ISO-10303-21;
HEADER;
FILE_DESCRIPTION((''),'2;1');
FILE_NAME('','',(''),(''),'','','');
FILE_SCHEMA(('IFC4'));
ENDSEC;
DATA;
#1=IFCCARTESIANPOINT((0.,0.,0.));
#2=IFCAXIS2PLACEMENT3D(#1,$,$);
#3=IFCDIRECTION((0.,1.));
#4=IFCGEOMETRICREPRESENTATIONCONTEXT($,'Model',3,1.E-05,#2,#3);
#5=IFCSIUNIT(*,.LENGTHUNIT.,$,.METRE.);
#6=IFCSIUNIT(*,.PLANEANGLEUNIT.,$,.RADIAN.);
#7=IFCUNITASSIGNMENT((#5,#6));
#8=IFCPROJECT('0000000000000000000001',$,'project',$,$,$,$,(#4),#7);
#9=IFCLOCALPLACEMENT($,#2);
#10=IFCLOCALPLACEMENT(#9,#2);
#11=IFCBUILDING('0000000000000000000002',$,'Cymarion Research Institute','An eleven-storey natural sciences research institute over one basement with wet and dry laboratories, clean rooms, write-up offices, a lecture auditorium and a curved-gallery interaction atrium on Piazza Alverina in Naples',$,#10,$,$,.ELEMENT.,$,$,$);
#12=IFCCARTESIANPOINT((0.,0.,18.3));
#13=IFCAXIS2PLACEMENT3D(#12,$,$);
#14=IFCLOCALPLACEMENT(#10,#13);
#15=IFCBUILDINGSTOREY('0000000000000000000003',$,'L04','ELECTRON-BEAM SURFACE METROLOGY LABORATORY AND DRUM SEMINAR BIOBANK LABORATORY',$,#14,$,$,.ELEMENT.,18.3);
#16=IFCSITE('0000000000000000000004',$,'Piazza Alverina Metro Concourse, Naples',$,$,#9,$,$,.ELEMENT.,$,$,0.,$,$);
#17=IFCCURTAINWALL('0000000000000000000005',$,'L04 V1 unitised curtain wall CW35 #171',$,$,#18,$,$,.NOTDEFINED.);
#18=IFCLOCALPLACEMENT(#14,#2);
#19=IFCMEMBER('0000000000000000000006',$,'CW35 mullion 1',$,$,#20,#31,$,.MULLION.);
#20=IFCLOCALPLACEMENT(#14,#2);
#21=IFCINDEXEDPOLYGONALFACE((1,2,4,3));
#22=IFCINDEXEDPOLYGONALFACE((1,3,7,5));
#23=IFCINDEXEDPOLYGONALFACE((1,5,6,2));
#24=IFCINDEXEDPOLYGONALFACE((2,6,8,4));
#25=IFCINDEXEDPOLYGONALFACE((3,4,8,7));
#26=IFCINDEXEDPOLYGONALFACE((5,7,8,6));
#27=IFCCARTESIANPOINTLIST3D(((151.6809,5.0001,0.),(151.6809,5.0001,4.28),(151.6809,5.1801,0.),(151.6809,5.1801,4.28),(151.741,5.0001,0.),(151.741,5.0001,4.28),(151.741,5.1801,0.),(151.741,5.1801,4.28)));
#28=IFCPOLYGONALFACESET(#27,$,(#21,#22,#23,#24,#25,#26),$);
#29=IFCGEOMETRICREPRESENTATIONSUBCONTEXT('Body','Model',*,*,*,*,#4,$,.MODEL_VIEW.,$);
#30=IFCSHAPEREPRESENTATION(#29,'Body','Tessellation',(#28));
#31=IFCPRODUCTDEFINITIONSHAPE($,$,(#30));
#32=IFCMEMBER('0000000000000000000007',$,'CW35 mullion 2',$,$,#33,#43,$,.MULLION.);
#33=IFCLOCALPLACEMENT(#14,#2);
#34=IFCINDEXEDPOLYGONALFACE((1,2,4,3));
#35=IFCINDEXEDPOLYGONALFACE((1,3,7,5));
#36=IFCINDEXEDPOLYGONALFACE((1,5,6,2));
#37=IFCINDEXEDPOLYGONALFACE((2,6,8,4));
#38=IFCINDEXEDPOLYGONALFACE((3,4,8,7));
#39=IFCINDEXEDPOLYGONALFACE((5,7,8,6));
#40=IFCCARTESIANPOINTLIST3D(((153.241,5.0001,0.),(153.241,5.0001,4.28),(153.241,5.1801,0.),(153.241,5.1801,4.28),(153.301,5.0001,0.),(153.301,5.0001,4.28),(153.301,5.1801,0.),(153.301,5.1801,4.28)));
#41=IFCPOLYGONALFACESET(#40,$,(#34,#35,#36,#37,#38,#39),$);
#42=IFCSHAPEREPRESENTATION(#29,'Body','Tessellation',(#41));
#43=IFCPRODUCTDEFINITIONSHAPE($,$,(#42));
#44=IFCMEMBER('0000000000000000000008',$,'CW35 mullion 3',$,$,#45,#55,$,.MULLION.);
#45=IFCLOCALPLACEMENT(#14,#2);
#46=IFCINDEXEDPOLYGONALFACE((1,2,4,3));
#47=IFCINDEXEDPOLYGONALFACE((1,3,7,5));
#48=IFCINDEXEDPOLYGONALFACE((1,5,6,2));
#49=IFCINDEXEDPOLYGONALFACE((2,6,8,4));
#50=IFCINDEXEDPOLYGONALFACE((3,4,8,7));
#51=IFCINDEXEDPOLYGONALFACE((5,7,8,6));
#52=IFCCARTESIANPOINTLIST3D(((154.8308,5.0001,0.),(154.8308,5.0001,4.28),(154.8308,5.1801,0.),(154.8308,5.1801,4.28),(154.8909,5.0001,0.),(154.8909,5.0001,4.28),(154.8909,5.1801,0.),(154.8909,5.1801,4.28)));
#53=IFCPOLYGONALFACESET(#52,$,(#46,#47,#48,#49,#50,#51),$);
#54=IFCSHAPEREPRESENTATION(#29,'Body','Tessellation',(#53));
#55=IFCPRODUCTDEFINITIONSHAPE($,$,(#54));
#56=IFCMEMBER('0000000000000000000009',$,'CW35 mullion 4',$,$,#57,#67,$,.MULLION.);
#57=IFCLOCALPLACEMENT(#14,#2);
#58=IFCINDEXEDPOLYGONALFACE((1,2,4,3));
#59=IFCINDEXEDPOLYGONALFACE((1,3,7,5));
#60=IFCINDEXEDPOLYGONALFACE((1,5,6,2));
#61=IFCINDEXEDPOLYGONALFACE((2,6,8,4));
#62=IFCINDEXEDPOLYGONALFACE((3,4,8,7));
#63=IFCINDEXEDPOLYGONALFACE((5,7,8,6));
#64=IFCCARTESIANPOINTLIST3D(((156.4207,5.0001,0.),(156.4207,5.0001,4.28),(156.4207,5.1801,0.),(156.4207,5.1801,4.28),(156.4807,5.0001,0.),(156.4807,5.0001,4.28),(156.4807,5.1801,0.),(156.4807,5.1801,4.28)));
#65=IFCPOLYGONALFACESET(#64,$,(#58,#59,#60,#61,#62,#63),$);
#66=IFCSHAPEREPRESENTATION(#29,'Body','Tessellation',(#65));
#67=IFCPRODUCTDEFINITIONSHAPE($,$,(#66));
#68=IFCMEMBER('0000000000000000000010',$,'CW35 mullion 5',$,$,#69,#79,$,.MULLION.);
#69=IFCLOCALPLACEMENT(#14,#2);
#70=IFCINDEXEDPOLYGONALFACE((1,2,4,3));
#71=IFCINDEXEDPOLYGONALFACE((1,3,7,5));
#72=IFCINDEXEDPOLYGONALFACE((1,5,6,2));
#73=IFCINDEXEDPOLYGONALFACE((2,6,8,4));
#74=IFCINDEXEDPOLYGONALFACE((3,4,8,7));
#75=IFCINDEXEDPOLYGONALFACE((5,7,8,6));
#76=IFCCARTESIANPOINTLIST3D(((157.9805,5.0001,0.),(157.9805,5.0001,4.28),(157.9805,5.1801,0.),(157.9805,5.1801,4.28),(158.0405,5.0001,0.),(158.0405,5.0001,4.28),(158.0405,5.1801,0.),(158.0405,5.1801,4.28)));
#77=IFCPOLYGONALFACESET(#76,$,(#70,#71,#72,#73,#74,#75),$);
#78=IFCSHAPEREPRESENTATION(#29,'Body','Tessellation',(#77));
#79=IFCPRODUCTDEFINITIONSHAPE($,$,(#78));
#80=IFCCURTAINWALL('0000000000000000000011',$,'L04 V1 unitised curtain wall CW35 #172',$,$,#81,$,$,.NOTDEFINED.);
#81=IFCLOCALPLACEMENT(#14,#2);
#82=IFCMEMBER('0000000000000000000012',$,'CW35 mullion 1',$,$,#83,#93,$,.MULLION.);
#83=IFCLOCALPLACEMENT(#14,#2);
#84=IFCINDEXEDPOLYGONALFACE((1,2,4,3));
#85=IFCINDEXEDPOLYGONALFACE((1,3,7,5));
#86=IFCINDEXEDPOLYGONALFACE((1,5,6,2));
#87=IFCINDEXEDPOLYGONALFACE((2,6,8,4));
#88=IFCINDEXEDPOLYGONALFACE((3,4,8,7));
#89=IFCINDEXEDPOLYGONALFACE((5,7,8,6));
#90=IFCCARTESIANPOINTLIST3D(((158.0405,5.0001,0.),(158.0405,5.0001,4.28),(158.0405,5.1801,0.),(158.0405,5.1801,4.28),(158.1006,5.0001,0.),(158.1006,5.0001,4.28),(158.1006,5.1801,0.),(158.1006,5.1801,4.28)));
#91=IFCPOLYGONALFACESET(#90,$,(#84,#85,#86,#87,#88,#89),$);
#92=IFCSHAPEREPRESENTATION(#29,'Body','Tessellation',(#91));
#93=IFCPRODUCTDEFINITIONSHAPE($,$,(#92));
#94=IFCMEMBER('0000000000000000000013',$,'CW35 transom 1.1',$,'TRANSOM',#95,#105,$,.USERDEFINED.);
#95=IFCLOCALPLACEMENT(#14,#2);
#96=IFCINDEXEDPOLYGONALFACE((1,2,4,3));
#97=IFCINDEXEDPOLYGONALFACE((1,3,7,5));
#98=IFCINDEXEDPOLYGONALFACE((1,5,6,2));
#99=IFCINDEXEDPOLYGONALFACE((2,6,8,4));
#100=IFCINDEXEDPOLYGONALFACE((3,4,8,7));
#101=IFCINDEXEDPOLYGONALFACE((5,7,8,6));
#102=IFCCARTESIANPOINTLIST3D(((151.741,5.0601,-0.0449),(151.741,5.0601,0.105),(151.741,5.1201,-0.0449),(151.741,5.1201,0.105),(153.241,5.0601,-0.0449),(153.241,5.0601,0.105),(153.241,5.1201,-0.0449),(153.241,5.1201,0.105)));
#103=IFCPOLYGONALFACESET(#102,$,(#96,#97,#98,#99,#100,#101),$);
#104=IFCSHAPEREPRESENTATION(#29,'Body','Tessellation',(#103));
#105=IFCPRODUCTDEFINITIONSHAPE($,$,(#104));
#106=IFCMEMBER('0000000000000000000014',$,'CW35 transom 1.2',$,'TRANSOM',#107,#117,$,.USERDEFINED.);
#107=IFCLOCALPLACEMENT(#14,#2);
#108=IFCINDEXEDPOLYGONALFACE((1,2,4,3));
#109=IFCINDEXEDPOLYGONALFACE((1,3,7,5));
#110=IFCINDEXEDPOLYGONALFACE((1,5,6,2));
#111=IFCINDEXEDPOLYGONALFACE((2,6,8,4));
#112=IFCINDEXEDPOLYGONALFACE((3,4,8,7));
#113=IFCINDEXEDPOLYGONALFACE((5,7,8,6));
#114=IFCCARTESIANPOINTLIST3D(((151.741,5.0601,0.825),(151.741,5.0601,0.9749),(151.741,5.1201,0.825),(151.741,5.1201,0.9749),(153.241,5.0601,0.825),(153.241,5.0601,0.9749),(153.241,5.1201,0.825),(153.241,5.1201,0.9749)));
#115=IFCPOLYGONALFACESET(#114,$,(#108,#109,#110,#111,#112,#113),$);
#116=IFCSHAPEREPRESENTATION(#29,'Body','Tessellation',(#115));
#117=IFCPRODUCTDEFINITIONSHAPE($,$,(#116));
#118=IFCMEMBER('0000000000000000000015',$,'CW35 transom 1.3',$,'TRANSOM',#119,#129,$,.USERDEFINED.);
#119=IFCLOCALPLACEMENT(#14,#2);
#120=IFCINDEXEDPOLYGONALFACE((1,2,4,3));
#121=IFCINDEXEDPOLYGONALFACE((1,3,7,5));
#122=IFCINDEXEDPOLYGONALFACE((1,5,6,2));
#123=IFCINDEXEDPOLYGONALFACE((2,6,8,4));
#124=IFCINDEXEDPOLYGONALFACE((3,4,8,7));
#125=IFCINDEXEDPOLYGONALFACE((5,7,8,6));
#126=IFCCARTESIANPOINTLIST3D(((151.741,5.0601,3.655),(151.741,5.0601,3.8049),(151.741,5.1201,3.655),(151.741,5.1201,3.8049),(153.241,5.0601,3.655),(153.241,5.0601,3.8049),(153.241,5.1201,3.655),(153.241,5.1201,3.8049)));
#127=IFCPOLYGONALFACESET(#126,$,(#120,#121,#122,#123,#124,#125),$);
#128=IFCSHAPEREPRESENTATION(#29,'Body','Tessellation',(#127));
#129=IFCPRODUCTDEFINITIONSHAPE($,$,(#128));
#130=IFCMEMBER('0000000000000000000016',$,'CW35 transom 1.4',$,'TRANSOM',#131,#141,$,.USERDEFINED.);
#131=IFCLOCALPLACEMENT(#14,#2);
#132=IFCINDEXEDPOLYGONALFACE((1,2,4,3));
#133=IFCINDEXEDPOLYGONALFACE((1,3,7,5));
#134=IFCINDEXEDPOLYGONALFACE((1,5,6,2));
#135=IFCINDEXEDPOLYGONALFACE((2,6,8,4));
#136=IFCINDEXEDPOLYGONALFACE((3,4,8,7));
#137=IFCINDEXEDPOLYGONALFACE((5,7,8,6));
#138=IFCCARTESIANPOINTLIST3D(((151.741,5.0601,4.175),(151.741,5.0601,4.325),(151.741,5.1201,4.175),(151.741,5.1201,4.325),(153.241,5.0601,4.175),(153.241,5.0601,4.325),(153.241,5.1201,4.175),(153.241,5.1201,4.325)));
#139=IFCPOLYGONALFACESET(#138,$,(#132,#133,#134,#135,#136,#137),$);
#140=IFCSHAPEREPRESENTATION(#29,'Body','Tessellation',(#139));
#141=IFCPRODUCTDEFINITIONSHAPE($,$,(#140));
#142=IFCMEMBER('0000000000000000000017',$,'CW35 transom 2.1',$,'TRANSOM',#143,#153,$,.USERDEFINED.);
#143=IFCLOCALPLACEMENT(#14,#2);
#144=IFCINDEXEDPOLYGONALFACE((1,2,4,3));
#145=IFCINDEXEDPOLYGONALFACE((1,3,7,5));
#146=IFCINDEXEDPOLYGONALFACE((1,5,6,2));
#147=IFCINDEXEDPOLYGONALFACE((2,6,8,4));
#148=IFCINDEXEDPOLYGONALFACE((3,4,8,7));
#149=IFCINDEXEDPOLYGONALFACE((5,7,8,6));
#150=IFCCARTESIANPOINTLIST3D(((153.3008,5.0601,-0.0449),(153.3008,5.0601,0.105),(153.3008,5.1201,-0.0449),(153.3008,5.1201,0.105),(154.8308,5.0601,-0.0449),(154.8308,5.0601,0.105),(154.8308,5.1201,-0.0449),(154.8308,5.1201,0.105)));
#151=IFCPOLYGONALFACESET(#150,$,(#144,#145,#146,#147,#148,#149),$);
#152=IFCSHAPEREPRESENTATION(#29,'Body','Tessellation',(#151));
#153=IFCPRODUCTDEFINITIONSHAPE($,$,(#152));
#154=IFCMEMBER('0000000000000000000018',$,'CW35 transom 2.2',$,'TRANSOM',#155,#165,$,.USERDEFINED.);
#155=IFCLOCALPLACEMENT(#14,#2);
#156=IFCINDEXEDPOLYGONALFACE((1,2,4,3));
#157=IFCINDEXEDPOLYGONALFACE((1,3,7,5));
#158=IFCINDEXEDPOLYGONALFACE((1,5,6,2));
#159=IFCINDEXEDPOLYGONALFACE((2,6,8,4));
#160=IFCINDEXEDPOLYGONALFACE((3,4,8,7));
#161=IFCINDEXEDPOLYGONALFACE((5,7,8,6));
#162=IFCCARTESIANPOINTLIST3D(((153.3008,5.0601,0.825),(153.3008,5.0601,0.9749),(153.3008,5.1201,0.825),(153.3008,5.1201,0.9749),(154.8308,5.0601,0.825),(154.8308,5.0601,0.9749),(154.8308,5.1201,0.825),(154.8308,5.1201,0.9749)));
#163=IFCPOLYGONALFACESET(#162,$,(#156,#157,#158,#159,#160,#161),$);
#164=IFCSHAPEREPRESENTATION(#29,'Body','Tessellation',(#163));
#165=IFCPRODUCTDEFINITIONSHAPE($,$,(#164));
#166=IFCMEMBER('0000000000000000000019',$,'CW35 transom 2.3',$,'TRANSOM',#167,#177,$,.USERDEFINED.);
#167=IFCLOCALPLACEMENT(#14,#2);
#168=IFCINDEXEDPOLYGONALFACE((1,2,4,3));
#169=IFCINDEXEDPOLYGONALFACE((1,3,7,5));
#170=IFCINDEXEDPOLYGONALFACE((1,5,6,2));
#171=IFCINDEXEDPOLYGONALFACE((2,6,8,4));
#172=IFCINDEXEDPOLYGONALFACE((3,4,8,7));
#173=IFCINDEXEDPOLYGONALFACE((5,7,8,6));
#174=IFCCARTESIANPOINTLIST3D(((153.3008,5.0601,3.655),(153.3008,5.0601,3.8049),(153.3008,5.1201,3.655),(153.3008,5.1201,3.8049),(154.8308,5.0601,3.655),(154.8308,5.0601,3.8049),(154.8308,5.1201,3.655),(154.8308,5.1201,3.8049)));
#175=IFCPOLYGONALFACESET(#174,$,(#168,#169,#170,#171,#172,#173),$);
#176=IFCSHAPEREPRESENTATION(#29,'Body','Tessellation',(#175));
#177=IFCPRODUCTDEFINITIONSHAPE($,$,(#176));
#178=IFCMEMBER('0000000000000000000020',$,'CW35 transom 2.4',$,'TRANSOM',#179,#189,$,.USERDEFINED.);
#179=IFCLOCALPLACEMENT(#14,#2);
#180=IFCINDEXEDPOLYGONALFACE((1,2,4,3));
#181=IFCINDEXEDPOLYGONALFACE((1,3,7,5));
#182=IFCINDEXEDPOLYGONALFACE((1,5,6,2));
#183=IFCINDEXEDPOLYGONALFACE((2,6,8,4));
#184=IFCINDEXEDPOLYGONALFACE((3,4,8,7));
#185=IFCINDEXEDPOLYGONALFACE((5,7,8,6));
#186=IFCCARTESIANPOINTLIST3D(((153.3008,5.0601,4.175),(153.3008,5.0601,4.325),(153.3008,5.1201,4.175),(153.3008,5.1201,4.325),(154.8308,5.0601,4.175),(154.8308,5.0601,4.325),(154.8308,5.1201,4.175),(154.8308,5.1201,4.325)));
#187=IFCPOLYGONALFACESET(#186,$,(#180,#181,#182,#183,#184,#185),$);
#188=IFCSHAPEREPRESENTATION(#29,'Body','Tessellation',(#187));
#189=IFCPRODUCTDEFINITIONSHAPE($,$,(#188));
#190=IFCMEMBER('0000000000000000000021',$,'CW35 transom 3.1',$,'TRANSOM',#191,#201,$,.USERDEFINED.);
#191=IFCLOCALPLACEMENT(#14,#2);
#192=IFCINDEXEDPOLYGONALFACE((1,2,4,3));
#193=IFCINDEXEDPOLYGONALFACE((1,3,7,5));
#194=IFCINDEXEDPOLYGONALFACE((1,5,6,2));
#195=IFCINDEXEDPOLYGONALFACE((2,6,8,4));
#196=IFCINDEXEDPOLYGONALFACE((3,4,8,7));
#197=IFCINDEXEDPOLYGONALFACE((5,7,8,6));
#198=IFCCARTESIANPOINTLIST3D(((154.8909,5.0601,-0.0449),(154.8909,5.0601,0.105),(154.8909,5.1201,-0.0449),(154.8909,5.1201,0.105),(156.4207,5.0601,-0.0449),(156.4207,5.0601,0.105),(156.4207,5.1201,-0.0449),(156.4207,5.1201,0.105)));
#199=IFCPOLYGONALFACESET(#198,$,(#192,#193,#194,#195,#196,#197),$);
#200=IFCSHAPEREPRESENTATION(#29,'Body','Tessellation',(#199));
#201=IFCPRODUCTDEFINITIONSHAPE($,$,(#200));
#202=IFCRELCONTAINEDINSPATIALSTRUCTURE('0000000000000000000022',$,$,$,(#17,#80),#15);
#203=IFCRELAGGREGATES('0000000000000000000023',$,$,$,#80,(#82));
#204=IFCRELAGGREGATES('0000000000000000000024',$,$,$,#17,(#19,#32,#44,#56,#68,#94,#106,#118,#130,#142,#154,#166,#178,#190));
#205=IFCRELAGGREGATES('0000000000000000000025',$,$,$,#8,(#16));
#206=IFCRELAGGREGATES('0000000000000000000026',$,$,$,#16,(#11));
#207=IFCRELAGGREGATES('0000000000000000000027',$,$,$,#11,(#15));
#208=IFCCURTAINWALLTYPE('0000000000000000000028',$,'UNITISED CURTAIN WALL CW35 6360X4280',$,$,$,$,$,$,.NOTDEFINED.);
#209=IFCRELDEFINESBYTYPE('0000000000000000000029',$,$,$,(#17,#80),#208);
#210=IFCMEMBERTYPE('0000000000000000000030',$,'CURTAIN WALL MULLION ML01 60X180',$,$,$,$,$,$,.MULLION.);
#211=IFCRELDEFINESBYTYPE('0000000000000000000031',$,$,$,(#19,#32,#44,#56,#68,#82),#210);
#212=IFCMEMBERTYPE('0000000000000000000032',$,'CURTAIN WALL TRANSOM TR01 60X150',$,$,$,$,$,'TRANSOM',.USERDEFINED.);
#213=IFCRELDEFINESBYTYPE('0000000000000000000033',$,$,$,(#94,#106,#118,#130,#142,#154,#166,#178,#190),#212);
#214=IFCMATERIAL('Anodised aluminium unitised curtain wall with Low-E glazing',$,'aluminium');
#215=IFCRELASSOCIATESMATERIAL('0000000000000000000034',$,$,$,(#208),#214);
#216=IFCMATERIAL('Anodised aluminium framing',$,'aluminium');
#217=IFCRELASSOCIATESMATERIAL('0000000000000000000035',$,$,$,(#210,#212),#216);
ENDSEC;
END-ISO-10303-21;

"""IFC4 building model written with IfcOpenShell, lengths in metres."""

from ifc_helpers import new_model, si_unit, direction, frame, origin, origin_2d, place, context, subcontext, project, spatial, rectangle, extrude, material, material_profile, profile_set, type_object, element, aggregate, save


model = new_model("IFC4")

# Units and contexts
model_context = context("Model", 3, precision=1e-05, world=origin(), true_north=direction((0.0, 1.0)))
body_context = subcontext(model_context, "Body", "Model", "MODEL_VIEW")
ifc_project = project(units=[si_unit("LENGTHUNIT", "METRE"), si_unit("PLANEANGLEUNIT", "RADIAN")], contexts=[model_context])

# Site, building, storey
site_placement = place(None, origin())
site = spatial("IfcSite", under=ifc_project, at=site_placement, Name="Piazza Alverina Metro Concourse, Naples", CompositionType="ELEMENT", RefElevation=0.0)
building_placement = place(site_placement, origin())
building = spatial("IfcBuilding", under=site, at=building_placement, Name="Cymarion Research Institute", Description="An eleven-storey natural sciences research institute over one basement with wet and dry laboratories, clean rooms, write-up offices, a lecture auditorium and a curved-gallery interaction atrium on Piazza Alverina in Naples", CompositionType="ELEMENT")
storey_placement = place(building_placement, frame((0.0, 0.0, 18.3)))
storey = spatial("IfcBuildingStorey", under=building, at=storey_placement, Name="L04", Description="ELECTRON-BEAM SURFACE METROLOGY LABORATORY AND DRUM SEMINAR BIOBANK LABORATORY", CompositionType="ELEMENT", Elevation=18.3)

# Curtain wall, members
ifc_material_1 = material(Name="Anodised aluminium unitised curtain wall with Low-E glazing", Category="aluminium")
curtain_wall_type = type_object("IfcCurtainWallType", Name="UNITISED CURTAIN WALL CW35 6360X4280", PredefinedType="NOTDEFINED", material=ifc_material_1)
curtain_wall_1_placement = place(storey_placement, origin())
curtain_wall_1 = element("IfcCurtainWall", 1, at=curtain_wall_1_placement, inside=storey, type_object=curtain_wall_type, Name="L04 V1 unitised curtain wall CW35 #171", PredefinedType="NOTDEFINED")
ifc_material_2 = material(Name="Anodised aluminium framing", Category="aluminium")
ifc_material_profile_1 = material_profile(ifc_material_2, rectangle(XDim=0.0601, YDim=0.1799, at=origin_2d()), Name="ALU MULLION 60x180")
ifc_profile_set_1 = profile_set([ifc_material_profile_1], Name="Anodised aluminium framing")
member_type_1 = type_object("IfcMemberType", Name="CURTAIN WALL MULLION ML01 60X180", PredefinedType="MULLION", material=ifc_profile_set_1)
member_1_placement = place(storey_placement, frame((151.7109, 5.0901, 0.0), z_axis=(0.0, 0.0, 1.0), x_axis=(1.0, 0.0, 0.0)))
member_1 = element("IfcMember", 2, at=member_1_placement, type_object=member_type_1, Name="CW35 mullion 1", PredefinedType="MULLION", context=body_context, shape_type="SweptSolid", body=[
    extrude(rectangle(XDim=0.0601, YDim=0.1799, at=origin_2d()), origin(), (0.0, 0.0, 1.0), 4.28),
])
member_2_placement = place(storey_placement, frame((153.271, 5.0901, 0.0), z_axis=(0.0, 0.0, 1.0), x_axis=(1.0, 0.0, 0.0)))
member_2 = element("IfcMember", 3, at=member_2_placement, type_object=member_type_1, Name="CW35 mullion 2", PredefinedType="MULLION", context=body_context, shape_type="SweptSolid", body=[
    extrude(rectangle(XDim=0.0601, YDim=0.1799, at=origin_2d()), origin(), (0.0, 0.0, 1.0), 4.28),
])
member_3_placement = place(storey_placement, frame((154.8608, 5.0901, 0.0), z_axis=(0.0, 0.0, 1.0), x_axis=(1.0, 0.0, 0.0)))
member_3 = element("IfcMember", 4, at=member_3_placement, type_object=member_type_1, Name="CW35 mullion 3", PredefinedType="MULLION", context=body_context, shape_type="SweptSolid", body=[
    extrude(rectangle(XDim=0.0601, YDim=0.1799, at=origin_2d()), origin(), (0.0, 0.0, 1.0), 4.28),
])
member_4_placement = place(storey_placement, frame((156.4507, 5.0901, 0.0), z_axis=(0.0, 0.0, 1.0), x_axis=(1.0, 0.0, 0.0)))
member_4 = element("IfcMember", 5, at=member_4_placement, type_object=member_type_1, Name="CW35 mullion 4", PredefinedType="MULLION", context=body_context, shape_type="SweptSolid", body=[
    extrude(rectangle(XDim=0.0601, YDim=0.1799, at=origin_2d()), origin(), (0.0, 0.0, 1.0), 4.28),
])
member_5_placement = place(storey_placement, frame((158.0105, 5.0901, 0.0), z_axis=(0.0, 0.0, 1.0), x_axis=(1.0, 0.0, 0.0)))
member_5 = element("IfcMember", 6, at=member_5_placement, type_object=member_type_1, Name="CW35 mullion 5", PredefinedType="MULLION", context=body_context, shape_type="SweptSolid", body=[
    extrude(rectangle(XDim=0.0601, YDim=0.1799, at=origin_2d()), origin(), (0.0, 0.0, 1.0), 4.28),
])

# Curtain wall, member
curtain_wall_2_placement = place(storey_placement, origin())
curtain_wall_2 = element("IfcCurtainWall", 7, at=curtain_wall_2_placement, inside=storey, type_object=curtain_wall_type, Name="L04 V1 unitised curtain wall CW35 #172", PredefinedType="NOTDEFINED")
member_6_placement = place(storey_placement, frame((158.0706, 5.0901, 0.0), z_axis=(0.0, 0.0, 1.0), x_axis=(1.0, 0.0, 0.0)))
member_6 = element("IfcMember", 8, at=member_6_placement, type_object=member_type_1, Name="CW35 mullion 1", PredefinedType="MULLION", context=body_context, shape_type="SweptSolid", body=[
    extrude(rectangle(XDim=0.0601, YDim=0.1799, at=origin_2d()), origin(), (0.0, 0.0, 1.0), 4.28),
])

# Members
ifc_material_profile_2 = material_profile(ifc_material_2, rectangle(XDim=0.0601, YDim=0.1499, at=origin_2d()), Name="ALU TRANSOM 60x150")
ifc_profile_set_2 = profile_set([ifc_material_profile_2], Name="Anodised aluminium framing")
member_type_2 = type_object("IfcMemberType", Name="CURTAIN WALL TRANSOM TR01 60X150", ElementType="TRANSOM", PredefinedType="USERDEFINED", material=ifc_profile_set_2)
member_7_placement = place(storey_placement, frame((151.741, 5.0901, 0.03), z_axis=(1.0, 0.0, 0.0), x_axis=(0.0, 1.0, 0.0)))
member_7 = element("IfcMember", 9, at=member_7_placement, type_object=member_type_2, Name="CW35 transom 1.1", ObjectType="TRANSOM", PredefinedType="USERDEFINED", context=body_context, shape_type="SweptSolid", body=[
    extrude(rectangle(XDim=0.0601, YDim=0.1499, at=origin_2d()), origin(), (0.0, 0.0, 1.0), 1.5),
])
member_8_placement = place(storey_placement, frame((151.741, 5.0901, 0.8999), z_axis=(1.0, 0.0, 0.0), x_axis=(0.0, 1.0, 0.0)))
member_8 = element("IfcMember", 10, at=member_8_placement, type_object=member_type_2, Name="CW35 transom 1.2", ObjectType="TRANSOM", PredefinedType="USERDEFINED", context=body_context, shape_type="SweptSolid", body=[
    extrude(rectangle(XDim=0.0601, YDim=0.1499, at=origin_2d()), origin(), (0.0, 0.0, 1.0), 1.5),
])
member_9_placement = place(storey_placement, frame((151.741, 5.0901, 3.73), z_axis=(1.0, 0.0, 0.0), x_axis=(0.0, 1.0, 0.0)))
member_9 = element("IfcMember", 11, at=member_9_placement, type_object=member_type_2, Name="CW35 transom 1.3", ObjectType="TRANSOM", PredefinedType="USERDEFINED", context=body_context, shape_type="SweptSolid", body=[
    extrude(rectangle(XDim=0.0601, YDim=0.1499, at=origin_2d()), origin(), (0.0, 0.0, 1.0), 1.5),
])
member_10_placement = place(storey_placement, frame((151.741, 5.0901, 4.25), z_axis=(1.0, 0.0, 0.0), x_axis=(0.0, 1.0, 0.0)))
member_10 = element("IfcMember", 12, at=member_10_placement, type_object=member_type_2, Name="CW35 transom 1.4", ObjectType="TRANSOM", PredefinedType="USERDEFINED", context=body_context, shape_type="SweptSolid", body=[
    extrude(rectangle(XDim=0.0601, YDim=0.1499, at=origin_2d()), origin(), (0.0, 0.0, 1.0), 1.5),
])
member_11_placement = place(storey_placement, frame((153.3008, 5.0901, 0.03), z_axis=(1.0, 0.0, 0.0), x_axis=(0.0, 1.0, 0.0)))
member_11 = element("IfcMember", 13, at=member_11_placement, type_object=member_type_2, Name="CW35 transom 2.1", ObjectType="TRANSOM", PredefinedType="USERDEFINED", context=body_context, shape_type="SweptSolid", body=[
    extrude(rectangle(XDim=0.0601, YDim=0.1499, at=origin_2d()), origin(), (0.0, 0.0, 1.0), 1.53),
])
member_12_placement = place(storey_placement, frame((153.3008, 5.0901, 0.8999), z_axis=(1.0, 0.0, 0.0), x_axis=(0.0, 1.0, 0.0)))
member_12 = element("IfcMember", 14, at=member_12_placement, type_object=member_type_2, Name="CW35 transom 2.2", ObjectType="TRANSOM", PredefinedType="USERDEFINED", context=body_context, shape_type="SweptSolid", body=[
    extrude(rectangle(XDim=0.0601, YDim=0.1499, at=origin_2d()), origin(), (0.0, 0.0, 1.0), 1.53),
])
member_13_placement = place(storey_placement, frame((153.3008, 5.0901, 3.73), z_axis=(1.0, 0.0, 0.0), x_axis=(0.0, 1.0, 0.0)))
member_13 = element("IfcMember", 15, at=member_13_placement, type_object=member_type_2, Name="CW35 transom 2.3", ObjectType="TRANSOM", PredefinedType="USERDEFINED", context=body_context, shape_type="SweptSolid", body=[
    extrude(rectangle(XDim=0.0601, YDim=0.1499, at=origin_2d()), origin(), (0.0, 0.0, 1.0), 1.53),
])
member_14_placement = place(storey_placement, frame((153.3008, 5.0901, 4.25), z_axis=(1.0, 0.0, 0.0), x_axis=(0.0, 1.0, 0.0)))
member_14 = element("IfcMember", 16, at=member_14_placement, type_object=member_type_2, Name="CW35 transom 2.4", ObjectType="TRANSOM", PredefinedType="USERDEFINED", context=body_context, shape_type="SweptSolid", body=[
    extrude(rectangle(XDim=0.0601, YDim=0.1499, at=origin_2d()), origin(), (0.0, 0.0, 1.0), 1.53),
])
member_15_placement = place(storey_placement, frame((154.8909, 5.0901, 0.03), z_axis=(1.0, 0.0, 0.0), x_axis=(0.0, 1.0, 0.0)))
member_15 = element("IfcMember", 17, at=member_15_placement, type_object=member_type_2, Name="CW35 transom 3.1", ObjectType="TRANSOM", PredefinedType="USERDEFINED", context=body_context, shape_type="SweptSolid", body=[
    extrude(rectangle(XDim=0.0601, YDim=0.1499, at=origin_2d()), origin(), (0.0, 0.0, 1.0), 1.5298),
])
aggregate(curtain_wall_2, [member_6])

aggregate(curtain_wall_1, [member_1, member_2, member_3, member_4, member_5, member_7, member_8, member_9, member_10, member_11, member_12, member_13, member_14, member_15])

save(model, "model.ifc")
